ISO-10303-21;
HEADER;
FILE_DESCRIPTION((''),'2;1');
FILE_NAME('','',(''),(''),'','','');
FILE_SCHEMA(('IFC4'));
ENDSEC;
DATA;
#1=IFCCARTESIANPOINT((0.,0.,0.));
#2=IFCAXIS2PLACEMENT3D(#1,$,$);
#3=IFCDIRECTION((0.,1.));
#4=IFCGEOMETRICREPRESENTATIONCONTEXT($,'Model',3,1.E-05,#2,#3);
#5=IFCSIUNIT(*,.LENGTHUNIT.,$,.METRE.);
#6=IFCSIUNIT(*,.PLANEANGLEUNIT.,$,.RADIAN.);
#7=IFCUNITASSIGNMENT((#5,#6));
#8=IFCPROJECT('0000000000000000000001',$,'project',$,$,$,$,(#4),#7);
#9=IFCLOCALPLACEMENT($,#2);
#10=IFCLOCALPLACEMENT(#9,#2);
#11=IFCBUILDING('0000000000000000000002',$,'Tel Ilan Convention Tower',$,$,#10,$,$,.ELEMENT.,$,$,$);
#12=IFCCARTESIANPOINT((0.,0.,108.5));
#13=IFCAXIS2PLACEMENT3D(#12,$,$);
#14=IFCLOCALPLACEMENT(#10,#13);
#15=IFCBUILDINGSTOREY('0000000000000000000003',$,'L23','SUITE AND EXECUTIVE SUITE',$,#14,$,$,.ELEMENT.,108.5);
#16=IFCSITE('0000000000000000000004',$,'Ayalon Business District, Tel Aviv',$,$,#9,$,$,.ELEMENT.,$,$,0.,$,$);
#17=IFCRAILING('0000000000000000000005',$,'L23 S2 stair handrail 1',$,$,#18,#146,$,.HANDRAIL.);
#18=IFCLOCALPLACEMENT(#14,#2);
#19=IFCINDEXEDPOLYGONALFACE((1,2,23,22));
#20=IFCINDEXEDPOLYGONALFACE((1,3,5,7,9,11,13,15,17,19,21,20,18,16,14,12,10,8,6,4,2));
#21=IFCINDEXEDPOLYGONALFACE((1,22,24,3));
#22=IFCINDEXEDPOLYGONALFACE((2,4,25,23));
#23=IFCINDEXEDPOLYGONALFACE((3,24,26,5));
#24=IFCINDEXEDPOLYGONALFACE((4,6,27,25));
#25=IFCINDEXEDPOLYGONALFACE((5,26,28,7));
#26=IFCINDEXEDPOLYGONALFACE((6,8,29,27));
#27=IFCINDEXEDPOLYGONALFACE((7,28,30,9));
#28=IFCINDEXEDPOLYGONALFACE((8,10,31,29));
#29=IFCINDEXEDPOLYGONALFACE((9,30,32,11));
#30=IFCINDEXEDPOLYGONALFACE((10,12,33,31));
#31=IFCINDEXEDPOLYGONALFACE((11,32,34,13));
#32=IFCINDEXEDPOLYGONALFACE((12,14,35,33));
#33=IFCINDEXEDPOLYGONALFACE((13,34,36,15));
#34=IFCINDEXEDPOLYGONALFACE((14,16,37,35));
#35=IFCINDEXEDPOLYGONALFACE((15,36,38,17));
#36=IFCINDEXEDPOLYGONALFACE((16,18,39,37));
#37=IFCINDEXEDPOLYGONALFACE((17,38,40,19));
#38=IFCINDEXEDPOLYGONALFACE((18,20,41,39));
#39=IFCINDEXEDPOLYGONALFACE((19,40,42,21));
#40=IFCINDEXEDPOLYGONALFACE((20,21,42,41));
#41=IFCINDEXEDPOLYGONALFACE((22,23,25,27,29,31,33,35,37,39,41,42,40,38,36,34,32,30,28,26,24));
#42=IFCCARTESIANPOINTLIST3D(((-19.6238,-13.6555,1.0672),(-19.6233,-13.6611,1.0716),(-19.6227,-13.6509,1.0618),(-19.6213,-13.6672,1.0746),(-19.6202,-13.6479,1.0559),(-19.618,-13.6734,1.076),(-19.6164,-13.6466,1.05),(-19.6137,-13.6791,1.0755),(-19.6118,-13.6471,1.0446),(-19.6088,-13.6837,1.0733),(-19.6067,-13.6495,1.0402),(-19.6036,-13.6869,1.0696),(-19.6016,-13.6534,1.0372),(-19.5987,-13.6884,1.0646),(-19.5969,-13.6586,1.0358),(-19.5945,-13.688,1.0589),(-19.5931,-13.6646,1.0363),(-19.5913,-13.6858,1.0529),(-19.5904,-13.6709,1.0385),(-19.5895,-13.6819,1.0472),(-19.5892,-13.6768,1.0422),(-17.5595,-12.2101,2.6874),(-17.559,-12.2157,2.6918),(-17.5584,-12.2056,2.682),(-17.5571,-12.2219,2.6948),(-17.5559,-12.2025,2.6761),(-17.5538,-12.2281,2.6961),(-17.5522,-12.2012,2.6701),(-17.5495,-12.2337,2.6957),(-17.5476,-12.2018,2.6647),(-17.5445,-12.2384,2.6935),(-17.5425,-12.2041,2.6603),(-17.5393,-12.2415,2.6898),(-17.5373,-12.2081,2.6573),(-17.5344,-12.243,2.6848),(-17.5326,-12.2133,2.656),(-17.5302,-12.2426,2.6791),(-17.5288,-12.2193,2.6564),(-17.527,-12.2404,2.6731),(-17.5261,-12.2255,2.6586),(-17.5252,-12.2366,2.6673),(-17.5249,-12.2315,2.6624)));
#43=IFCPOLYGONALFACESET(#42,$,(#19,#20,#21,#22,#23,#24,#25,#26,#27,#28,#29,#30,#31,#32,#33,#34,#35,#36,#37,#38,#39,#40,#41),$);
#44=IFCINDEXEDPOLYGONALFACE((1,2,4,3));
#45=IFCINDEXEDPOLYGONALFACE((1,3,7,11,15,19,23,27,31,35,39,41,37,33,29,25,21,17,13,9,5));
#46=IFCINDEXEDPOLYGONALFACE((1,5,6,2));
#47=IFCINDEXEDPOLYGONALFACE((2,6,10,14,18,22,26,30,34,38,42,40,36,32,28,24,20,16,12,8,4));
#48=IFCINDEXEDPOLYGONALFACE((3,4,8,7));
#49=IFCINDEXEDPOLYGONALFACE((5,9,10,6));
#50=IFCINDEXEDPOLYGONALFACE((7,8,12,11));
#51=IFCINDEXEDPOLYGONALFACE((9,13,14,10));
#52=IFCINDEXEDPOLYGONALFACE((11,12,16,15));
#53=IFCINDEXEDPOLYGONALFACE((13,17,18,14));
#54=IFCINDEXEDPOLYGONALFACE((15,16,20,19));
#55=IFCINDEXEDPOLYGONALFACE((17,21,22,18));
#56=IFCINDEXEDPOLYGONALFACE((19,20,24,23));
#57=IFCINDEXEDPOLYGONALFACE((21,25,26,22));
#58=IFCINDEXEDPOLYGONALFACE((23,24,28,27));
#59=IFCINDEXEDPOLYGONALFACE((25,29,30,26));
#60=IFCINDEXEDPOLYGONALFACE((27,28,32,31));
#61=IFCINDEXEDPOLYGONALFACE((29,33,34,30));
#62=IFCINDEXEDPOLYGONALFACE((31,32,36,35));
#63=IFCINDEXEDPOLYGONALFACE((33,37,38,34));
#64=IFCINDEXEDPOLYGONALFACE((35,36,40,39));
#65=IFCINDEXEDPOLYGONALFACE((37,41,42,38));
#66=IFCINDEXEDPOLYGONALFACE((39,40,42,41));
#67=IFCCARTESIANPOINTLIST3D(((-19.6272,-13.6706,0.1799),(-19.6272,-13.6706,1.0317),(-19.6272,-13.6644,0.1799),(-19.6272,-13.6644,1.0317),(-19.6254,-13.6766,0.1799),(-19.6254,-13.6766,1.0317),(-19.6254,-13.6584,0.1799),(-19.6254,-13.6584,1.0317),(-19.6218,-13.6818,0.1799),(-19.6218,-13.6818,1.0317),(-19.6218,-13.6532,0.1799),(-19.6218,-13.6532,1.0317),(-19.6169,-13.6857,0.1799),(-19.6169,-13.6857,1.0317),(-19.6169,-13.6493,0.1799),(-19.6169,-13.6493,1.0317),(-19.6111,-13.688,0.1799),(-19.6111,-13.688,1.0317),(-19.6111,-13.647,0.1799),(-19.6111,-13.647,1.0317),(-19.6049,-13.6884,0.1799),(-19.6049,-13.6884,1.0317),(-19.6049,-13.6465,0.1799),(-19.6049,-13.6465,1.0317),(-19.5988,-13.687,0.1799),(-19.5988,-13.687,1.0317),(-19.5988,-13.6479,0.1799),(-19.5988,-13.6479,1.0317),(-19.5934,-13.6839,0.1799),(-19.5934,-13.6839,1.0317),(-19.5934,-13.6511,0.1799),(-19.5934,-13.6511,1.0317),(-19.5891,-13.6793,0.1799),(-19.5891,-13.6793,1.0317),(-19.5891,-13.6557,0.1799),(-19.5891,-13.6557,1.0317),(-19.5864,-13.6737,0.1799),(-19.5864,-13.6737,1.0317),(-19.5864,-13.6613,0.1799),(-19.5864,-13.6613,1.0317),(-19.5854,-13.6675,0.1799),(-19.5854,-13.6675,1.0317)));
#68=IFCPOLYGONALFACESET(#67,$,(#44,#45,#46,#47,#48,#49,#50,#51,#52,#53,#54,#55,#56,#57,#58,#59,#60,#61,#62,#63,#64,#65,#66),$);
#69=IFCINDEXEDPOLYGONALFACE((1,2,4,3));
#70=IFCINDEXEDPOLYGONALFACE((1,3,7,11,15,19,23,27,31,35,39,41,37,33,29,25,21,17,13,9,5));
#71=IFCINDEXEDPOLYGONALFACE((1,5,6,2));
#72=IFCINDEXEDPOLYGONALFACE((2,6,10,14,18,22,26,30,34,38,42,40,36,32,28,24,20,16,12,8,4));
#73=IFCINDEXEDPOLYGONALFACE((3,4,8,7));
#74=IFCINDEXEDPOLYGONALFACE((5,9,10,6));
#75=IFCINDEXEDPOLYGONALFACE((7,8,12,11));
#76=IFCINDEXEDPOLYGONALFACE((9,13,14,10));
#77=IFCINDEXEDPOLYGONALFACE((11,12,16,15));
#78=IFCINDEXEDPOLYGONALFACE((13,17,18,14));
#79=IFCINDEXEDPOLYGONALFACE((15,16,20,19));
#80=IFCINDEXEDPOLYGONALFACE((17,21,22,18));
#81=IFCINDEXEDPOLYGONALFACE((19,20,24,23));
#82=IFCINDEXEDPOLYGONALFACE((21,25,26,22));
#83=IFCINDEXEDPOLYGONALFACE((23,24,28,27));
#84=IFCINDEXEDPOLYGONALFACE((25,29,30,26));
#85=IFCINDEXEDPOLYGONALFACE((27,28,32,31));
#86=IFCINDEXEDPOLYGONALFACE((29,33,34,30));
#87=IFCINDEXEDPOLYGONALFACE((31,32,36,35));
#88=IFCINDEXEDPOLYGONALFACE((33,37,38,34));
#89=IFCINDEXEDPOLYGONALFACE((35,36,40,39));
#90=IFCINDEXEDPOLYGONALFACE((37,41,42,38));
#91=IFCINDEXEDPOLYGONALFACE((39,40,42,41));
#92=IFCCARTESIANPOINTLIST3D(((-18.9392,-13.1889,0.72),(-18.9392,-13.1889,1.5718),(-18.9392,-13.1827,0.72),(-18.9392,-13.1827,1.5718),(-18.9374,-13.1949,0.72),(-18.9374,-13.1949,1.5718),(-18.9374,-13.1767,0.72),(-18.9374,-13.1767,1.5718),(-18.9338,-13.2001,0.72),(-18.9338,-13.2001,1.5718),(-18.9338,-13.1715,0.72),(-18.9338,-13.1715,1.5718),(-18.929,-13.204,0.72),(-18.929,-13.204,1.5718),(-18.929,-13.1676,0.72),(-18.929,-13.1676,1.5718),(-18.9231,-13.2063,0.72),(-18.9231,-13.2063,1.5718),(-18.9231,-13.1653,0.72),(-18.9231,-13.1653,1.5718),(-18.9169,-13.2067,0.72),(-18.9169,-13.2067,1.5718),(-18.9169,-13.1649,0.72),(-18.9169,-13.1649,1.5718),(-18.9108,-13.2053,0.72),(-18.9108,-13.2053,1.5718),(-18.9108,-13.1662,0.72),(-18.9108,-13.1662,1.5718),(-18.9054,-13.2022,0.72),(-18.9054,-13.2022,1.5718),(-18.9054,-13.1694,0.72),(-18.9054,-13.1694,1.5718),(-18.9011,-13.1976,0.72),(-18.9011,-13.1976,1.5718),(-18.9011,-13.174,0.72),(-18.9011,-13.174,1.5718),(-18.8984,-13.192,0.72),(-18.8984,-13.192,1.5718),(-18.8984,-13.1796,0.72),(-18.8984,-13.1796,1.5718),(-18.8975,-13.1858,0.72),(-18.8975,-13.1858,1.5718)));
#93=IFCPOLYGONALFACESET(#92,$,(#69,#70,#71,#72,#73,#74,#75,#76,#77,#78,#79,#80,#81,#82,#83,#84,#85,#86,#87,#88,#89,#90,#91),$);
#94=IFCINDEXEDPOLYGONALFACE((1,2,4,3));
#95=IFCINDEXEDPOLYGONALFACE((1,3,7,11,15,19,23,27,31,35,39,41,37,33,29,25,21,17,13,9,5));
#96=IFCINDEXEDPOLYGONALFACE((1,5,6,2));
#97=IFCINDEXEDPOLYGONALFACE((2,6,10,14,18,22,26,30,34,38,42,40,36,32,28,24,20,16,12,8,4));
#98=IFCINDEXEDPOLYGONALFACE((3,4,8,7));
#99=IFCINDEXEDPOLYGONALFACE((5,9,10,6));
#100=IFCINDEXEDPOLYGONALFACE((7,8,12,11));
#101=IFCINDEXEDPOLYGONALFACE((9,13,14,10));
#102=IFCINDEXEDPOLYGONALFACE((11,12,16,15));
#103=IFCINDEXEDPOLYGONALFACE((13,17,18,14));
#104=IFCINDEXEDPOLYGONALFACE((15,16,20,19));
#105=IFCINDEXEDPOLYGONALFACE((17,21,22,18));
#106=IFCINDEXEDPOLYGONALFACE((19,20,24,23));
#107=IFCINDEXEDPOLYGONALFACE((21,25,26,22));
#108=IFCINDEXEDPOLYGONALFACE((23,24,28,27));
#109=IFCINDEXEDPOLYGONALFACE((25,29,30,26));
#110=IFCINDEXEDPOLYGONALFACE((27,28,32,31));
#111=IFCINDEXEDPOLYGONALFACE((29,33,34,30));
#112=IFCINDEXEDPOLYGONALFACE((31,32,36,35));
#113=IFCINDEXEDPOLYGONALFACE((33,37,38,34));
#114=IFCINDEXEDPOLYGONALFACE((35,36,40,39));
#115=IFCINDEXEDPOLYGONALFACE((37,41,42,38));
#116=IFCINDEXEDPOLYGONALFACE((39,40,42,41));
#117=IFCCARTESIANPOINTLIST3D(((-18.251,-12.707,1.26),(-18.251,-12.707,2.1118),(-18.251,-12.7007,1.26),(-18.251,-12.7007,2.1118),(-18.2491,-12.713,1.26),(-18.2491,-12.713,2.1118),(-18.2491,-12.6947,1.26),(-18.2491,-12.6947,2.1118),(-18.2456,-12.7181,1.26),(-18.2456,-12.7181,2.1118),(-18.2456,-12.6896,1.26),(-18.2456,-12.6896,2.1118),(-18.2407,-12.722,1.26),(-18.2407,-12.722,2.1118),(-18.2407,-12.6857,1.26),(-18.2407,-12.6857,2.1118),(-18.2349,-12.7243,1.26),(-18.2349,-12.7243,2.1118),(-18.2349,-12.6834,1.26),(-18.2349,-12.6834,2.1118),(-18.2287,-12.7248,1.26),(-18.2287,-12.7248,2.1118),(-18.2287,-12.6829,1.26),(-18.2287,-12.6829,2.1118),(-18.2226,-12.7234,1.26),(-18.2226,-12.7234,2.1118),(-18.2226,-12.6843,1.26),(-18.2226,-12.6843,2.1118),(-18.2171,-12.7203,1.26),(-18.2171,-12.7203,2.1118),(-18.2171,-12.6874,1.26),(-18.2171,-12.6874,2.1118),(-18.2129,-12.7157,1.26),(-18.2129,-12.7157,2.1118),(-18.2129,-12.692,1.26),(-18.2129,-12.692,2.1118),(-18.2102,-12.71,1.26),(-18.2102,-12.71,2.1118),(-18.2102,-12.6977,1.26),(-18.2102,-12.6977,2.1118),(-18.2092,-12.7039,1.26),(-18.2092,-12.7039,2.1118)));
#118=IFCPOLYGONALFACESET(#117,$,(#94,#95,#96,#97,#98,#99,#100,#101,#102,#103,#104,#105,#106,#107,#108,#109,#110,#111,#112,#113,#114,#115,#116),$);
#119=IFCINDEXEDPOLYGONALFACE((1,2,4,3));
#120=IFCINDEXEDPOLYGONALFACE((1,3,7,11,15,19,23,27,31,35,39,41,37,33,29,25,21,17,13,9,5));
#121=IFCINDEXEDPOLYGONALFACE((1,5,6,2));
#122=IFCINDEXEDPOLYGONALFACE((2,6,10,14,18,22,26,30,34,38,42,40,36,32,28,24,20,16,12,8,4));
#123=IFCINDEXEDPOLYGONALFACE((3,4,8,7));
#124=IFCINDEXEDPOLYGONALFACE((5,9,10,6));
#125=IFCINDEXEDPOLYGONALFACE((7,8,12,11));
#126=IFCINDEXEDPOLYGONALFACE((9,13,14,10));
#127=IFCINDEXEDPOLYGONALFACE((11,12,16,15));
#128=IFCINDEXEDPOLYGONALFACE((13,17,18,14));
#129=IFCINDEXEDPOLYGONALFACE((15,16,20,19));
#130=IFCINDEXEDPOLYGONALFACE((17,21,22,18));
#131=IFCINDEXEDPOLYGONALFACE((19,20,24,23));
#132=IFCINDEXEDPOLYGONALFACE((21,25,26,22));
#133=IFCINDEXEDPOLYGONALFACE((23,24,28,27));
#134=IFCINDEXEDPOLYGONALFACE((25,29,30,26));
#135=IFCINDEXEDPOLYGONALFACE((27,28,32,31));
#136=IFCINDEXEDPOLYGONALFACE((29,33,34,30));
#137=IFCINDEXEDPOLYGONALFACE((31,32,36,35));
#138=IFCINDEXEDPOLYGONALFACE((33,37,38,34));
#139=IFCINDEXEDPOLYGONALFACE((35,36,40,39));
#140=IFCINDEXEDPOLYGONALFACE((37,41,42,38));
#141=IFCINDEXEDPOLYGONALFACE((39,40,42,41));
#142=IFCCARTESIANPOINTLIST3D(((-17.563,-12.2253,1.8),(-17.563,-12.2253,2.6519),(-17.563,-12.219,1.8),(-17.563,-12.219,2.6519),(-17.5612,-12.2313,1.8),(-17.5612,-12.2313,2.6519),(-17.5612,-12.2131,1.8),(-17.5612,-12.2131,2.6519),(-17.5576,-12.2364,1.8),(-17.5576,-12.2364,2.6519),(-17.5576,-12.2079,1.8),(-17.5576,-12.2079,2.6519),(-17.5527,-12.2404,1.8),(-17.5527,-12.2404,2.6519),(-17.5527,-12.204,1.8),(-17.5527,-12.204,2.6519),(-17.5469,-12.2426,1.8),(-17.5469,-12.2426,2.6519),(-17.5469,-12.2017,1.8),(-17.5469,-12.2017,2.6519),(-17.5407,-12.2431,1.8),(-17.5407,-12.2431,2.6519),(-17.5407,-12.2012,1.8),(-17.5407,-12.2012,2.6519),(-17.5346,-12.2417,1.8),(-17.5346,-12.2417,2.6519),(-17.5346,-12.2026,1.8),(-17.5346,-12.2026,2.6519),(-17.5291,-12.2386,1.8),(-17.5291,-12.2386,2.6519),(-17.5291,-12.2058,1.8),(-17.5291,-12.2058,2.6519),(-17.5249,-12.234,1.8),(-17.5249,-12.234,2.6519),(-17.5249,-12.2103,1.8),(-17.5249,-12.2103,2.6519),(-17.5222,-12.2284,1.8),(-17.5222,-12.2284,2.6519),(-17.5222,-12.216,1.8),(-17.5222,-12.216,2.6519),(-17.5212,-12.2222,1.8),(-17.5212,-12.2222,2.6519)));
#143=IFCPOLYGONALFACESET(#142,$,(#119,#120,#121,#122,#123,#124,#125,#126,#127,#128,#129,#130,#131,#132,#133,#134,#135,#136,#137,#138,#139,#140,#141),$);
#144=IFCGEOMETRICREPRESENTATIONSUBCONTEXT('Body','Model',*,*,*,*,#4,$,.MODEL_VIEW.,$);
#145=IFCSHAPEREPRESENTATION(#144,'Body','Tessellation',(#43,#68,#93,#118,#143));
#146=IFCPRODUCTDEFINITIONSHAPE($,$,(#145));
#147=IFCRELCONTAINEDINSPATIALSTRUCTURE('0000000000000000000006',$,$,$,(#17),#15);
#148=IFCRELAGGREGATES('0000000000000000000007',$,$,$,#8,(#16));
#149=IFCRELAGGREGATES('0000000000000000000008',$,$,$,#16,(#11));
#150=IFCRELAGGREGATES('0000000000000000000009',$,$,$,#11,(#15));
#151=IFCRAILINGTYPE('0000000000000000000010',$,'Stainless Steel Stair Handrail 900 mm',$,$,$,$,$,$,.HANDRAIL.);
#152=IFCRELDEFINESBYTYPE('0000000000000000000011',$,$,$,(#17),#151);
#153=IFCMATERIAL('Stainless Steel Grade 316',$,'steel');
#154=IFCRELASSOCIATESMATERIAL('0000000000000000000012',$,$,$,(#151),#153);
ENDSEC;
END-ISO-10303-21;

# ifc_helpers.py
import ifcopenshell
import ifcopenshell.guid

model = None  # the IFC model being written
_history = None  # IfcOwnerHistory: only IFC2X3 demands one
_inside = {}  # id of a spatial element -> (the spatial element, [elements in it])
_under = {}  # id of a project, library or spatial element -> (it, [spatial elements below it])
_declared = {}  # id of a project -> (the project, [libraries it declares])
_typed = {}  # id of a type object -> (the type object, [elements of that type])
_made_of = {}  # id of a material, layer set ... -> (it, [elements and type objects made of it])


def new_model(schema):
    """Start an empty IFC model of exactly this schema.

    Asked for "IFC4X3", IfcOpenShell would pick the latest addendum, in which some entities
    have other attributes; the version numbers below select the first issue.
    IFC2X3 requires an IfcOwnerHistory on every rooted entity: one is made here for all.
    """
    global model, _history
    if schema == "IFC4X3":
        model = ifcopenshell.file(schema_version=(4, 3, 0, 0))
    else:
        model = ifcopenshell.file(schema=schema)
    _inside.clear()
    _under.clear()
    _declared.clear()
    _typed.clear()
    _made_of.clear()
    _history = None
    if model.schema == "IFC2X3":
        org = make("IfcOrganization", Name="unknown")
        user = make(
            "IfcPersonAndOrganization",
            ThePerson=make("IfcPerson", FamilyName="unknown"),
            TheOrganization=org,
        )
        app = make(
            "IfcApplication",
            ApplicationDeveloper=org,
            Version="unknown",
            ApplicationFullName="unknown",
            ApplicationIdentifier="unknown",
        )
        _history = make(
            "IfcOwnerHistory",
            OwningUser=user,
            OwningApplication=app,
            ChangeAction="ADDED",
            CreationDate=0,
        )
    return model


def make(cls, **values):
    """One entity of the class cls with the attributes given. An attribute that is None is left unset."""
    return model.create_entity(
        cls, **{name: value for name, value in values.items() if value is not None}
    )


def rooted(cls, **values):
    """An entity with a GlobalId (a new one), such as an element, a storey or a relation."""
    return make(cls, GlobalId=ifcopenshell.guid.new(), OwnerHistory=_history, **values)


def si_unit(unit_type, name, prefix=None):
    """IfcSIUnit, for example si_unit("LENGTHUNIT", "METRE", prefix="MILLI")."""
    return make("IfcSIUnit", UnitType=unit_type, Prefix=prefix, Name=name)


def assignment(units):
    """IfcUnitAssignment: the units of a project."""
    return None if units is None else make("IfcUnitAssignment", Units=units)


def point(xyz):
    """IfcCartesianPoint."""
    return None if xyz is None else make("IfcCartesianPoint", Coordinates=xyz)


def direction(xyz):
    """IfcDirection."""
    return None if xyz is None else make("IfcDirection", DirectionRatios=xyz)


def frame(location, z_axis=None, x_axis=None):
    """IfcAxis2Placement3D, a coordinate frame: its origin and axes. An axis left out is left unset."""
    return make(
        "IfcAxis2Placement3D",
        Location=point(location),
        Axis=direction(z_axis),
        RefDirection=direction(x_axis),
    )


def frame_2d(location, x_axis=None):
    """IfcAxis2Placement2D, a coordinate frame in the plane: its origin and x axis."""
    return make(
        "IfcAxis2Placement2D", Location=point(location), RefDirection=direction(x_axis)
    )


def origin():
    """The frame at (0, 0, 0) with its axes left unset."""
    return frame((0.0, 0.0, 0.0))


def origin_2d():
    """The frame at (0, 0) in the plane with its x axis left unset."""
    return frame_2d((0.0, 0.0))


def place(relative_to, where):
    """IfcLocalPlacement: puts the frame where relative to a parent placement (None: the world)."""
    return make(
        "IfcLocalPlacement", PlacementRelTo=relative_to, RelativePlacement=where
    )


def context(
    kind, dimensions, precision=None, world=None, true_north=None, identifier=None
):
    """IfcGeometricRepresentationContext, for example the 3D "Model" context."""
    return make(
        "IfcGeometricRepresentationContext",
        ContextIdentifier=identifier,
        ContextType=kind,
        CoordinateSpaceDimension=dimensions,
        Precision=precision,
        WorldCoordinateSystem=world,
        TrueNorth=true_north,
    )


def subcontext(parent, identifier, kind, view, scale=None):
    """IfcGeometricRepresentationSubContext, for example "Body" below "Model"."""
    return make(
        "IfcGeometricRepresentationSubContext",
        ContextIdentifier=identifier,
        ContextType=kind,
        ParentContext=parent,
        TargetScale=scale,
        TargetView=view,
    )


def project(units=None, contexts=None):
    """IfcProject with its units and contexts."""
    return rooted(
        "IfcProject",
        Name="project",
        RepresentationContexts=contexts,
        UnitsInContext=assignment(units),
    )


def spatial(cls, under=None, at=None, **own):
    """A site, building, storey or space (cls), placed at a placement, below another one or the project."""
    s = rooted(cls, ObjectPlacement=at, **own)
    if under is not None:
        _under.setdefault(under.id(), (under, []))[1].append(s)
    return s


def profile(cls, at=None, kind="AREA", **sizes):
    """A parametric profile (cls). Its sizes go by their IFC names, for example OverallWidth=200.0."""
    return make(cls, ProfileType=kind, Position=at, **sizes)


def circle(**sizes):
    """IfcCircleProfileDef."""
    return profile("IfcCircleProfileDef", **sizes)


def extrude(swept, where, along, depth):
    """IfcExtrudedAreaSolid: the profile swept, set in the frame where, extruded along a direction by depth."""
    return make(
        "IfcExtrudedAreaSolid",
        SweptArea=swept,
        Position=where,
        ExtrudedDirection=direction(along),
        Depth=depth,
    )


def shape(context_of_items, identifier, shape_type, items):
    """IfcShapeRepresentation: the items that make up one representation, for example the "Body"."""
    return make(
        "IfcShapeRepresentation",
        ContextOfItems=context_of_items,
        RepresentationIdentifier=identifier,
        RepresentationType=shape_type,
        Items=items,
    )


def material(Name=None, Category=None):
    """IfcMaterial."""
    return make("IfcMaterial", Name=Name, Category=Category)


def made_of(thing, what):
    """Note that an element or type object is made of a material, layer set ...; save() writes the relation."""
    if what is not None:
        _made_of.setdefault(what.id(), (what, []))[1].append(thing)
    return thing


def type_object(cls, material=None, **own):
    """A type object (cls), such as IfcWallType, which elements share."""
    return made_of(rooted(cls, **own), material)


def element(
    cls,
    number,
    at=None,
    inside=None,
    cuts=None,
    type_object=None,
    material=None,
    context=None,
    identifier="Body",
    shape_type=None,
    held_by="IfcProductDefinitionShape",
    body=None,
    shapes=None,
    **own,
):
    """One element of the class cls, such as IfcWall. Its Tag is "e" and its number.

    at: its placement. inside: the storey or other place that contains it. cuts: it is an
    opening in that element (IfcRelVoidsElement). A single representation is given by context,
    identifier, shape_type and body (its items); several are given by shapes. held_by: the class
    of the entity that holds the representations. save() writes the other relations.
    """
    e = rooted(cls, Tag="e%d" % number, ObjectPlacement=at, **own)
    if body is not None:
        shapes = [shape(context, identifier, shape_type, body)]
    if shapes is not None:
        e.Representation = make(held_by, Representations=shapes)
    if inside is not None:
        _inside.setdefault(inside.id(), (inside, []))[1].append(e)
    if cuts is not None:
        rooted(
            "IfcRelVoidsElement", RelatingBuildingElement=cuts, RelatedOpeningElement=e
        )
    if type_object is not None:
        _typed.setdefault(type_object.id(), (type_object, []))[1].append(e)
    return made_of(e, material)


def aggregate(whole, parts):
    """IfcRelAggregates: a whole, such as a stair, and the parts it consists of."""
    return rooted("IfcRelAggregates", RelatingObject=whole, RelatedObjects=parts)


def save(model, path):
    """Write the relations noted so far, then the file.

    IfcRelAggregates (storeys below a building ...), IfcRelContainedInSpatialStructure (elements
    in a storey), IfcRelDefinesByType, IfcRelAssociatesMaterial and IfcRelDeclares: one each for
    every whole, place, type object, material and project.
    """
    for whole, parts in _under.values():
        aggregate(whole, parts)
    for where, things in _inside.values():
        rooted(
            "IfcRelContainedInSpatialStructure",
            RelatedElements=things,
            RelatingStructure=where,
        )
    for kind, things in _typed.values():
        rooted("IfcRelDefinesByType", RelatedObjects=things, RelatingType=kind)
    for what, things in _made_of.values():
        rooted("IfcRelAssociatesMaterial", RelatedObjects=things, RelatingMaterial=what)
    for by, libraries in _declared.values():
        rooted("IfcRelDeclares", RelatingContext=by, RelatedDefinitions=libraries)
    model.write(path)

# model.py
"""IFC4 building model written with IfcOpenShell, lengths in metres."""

from ifc_helpers import new_model, si_unit, direction, frame, origin, origin_2d, place, context, subcontext, project, spatial, circle, extrude, material, type_object, element, save


model = new_model("IFC4")

# Units and contexts
model_context = context("Model", 3, precision=1e-05, world=origin(), true_north=direction((0.0, 1.0)))
body_context = subcontext(model_context, "Body", "Model", "MODEL_VIEW")
ifc_project = project(units=[si_unit("LENGTHUNIT", "METRE"), si_unit("PLANEANGLEUNIT", "RADIAN")], contexts=[model_context])

# Site, building, storey
site_placement = place(None, origin())
site = spatial("IfcSite", under=ifc_project, at=site_placement, Name="Ayalon Business District, Tel Aviv", CompositionType="ELEMENT", RefElevation=0.0)
building_placement = place(site_placement, origin())
building = spatial("IfcBuilding", under=site, at=building_placement, Name="Tel Ilan Convention Tower", CompositionType="ELEMENT")
storey_placement = place(building_placement, frame((0.0, 0.0, 108.5)))
storey = spatial("IfcBuildingStorey", under=building, at=storey_placement, Name="L23", Description="SUITE AND EXECUTIVE SUITE", CompositionType="ELEMENT", Elevation=108.5)

# Railing
ifc_material_1 = material(Name="Stainless Steel Grade 316", Category="steel")
railing_type_1 = type_object("IfcRailingType", Name="Stainless Steel Stair Handrail 900 mm", PredefinedType="HANDRAIL", material=ifc_material_1)
railing_1_placement = place(storey_placement, frame((-19.6064, -13.6675, 0.1799)))
element("IfcRailing", 1, at=railing_1_placement, inside=storey, type_object=railing_type_1, Name="L23 S2 stair handrail 1", PredefinedType="HANDRAIL", context=body_context, shape_type="SweptSolid", body=[
    extrude(circle(Radius=0.0239, at=origin_2d()), frame((0.0, 0.0, 0.876), z_axis=(0.68904, 0.48245, 0.540801), x_axis=(-0.57356, 0.819164, 0.0)), (0.0, 0.0, 1.0), 2.9958),
    extrude(circle(Radius=0.021, at=origin_2d()), origin(), (0.0, 0.0, 1.0), 0.8518),
    extrude(circle(Radius=0.021, at=origin_2d()), frame((0.688, 0.4817, 0.54)), (0.0, 0.0, 1.0), 0.8518),
    extrude(circle(Radius=0.021, at=origin_2d()), frame((1.3762, 0.9636, 1.0801)), (0.0, 0.0, 1.0), 0.8518),
    extrude(circle(Radius=0.021, at=origin_2d()), frame((2.0642, 1.4453, 1.6201)), (0.0, 0.0, 1.0), 0.8518),
])

save(model, "model.ifc")
